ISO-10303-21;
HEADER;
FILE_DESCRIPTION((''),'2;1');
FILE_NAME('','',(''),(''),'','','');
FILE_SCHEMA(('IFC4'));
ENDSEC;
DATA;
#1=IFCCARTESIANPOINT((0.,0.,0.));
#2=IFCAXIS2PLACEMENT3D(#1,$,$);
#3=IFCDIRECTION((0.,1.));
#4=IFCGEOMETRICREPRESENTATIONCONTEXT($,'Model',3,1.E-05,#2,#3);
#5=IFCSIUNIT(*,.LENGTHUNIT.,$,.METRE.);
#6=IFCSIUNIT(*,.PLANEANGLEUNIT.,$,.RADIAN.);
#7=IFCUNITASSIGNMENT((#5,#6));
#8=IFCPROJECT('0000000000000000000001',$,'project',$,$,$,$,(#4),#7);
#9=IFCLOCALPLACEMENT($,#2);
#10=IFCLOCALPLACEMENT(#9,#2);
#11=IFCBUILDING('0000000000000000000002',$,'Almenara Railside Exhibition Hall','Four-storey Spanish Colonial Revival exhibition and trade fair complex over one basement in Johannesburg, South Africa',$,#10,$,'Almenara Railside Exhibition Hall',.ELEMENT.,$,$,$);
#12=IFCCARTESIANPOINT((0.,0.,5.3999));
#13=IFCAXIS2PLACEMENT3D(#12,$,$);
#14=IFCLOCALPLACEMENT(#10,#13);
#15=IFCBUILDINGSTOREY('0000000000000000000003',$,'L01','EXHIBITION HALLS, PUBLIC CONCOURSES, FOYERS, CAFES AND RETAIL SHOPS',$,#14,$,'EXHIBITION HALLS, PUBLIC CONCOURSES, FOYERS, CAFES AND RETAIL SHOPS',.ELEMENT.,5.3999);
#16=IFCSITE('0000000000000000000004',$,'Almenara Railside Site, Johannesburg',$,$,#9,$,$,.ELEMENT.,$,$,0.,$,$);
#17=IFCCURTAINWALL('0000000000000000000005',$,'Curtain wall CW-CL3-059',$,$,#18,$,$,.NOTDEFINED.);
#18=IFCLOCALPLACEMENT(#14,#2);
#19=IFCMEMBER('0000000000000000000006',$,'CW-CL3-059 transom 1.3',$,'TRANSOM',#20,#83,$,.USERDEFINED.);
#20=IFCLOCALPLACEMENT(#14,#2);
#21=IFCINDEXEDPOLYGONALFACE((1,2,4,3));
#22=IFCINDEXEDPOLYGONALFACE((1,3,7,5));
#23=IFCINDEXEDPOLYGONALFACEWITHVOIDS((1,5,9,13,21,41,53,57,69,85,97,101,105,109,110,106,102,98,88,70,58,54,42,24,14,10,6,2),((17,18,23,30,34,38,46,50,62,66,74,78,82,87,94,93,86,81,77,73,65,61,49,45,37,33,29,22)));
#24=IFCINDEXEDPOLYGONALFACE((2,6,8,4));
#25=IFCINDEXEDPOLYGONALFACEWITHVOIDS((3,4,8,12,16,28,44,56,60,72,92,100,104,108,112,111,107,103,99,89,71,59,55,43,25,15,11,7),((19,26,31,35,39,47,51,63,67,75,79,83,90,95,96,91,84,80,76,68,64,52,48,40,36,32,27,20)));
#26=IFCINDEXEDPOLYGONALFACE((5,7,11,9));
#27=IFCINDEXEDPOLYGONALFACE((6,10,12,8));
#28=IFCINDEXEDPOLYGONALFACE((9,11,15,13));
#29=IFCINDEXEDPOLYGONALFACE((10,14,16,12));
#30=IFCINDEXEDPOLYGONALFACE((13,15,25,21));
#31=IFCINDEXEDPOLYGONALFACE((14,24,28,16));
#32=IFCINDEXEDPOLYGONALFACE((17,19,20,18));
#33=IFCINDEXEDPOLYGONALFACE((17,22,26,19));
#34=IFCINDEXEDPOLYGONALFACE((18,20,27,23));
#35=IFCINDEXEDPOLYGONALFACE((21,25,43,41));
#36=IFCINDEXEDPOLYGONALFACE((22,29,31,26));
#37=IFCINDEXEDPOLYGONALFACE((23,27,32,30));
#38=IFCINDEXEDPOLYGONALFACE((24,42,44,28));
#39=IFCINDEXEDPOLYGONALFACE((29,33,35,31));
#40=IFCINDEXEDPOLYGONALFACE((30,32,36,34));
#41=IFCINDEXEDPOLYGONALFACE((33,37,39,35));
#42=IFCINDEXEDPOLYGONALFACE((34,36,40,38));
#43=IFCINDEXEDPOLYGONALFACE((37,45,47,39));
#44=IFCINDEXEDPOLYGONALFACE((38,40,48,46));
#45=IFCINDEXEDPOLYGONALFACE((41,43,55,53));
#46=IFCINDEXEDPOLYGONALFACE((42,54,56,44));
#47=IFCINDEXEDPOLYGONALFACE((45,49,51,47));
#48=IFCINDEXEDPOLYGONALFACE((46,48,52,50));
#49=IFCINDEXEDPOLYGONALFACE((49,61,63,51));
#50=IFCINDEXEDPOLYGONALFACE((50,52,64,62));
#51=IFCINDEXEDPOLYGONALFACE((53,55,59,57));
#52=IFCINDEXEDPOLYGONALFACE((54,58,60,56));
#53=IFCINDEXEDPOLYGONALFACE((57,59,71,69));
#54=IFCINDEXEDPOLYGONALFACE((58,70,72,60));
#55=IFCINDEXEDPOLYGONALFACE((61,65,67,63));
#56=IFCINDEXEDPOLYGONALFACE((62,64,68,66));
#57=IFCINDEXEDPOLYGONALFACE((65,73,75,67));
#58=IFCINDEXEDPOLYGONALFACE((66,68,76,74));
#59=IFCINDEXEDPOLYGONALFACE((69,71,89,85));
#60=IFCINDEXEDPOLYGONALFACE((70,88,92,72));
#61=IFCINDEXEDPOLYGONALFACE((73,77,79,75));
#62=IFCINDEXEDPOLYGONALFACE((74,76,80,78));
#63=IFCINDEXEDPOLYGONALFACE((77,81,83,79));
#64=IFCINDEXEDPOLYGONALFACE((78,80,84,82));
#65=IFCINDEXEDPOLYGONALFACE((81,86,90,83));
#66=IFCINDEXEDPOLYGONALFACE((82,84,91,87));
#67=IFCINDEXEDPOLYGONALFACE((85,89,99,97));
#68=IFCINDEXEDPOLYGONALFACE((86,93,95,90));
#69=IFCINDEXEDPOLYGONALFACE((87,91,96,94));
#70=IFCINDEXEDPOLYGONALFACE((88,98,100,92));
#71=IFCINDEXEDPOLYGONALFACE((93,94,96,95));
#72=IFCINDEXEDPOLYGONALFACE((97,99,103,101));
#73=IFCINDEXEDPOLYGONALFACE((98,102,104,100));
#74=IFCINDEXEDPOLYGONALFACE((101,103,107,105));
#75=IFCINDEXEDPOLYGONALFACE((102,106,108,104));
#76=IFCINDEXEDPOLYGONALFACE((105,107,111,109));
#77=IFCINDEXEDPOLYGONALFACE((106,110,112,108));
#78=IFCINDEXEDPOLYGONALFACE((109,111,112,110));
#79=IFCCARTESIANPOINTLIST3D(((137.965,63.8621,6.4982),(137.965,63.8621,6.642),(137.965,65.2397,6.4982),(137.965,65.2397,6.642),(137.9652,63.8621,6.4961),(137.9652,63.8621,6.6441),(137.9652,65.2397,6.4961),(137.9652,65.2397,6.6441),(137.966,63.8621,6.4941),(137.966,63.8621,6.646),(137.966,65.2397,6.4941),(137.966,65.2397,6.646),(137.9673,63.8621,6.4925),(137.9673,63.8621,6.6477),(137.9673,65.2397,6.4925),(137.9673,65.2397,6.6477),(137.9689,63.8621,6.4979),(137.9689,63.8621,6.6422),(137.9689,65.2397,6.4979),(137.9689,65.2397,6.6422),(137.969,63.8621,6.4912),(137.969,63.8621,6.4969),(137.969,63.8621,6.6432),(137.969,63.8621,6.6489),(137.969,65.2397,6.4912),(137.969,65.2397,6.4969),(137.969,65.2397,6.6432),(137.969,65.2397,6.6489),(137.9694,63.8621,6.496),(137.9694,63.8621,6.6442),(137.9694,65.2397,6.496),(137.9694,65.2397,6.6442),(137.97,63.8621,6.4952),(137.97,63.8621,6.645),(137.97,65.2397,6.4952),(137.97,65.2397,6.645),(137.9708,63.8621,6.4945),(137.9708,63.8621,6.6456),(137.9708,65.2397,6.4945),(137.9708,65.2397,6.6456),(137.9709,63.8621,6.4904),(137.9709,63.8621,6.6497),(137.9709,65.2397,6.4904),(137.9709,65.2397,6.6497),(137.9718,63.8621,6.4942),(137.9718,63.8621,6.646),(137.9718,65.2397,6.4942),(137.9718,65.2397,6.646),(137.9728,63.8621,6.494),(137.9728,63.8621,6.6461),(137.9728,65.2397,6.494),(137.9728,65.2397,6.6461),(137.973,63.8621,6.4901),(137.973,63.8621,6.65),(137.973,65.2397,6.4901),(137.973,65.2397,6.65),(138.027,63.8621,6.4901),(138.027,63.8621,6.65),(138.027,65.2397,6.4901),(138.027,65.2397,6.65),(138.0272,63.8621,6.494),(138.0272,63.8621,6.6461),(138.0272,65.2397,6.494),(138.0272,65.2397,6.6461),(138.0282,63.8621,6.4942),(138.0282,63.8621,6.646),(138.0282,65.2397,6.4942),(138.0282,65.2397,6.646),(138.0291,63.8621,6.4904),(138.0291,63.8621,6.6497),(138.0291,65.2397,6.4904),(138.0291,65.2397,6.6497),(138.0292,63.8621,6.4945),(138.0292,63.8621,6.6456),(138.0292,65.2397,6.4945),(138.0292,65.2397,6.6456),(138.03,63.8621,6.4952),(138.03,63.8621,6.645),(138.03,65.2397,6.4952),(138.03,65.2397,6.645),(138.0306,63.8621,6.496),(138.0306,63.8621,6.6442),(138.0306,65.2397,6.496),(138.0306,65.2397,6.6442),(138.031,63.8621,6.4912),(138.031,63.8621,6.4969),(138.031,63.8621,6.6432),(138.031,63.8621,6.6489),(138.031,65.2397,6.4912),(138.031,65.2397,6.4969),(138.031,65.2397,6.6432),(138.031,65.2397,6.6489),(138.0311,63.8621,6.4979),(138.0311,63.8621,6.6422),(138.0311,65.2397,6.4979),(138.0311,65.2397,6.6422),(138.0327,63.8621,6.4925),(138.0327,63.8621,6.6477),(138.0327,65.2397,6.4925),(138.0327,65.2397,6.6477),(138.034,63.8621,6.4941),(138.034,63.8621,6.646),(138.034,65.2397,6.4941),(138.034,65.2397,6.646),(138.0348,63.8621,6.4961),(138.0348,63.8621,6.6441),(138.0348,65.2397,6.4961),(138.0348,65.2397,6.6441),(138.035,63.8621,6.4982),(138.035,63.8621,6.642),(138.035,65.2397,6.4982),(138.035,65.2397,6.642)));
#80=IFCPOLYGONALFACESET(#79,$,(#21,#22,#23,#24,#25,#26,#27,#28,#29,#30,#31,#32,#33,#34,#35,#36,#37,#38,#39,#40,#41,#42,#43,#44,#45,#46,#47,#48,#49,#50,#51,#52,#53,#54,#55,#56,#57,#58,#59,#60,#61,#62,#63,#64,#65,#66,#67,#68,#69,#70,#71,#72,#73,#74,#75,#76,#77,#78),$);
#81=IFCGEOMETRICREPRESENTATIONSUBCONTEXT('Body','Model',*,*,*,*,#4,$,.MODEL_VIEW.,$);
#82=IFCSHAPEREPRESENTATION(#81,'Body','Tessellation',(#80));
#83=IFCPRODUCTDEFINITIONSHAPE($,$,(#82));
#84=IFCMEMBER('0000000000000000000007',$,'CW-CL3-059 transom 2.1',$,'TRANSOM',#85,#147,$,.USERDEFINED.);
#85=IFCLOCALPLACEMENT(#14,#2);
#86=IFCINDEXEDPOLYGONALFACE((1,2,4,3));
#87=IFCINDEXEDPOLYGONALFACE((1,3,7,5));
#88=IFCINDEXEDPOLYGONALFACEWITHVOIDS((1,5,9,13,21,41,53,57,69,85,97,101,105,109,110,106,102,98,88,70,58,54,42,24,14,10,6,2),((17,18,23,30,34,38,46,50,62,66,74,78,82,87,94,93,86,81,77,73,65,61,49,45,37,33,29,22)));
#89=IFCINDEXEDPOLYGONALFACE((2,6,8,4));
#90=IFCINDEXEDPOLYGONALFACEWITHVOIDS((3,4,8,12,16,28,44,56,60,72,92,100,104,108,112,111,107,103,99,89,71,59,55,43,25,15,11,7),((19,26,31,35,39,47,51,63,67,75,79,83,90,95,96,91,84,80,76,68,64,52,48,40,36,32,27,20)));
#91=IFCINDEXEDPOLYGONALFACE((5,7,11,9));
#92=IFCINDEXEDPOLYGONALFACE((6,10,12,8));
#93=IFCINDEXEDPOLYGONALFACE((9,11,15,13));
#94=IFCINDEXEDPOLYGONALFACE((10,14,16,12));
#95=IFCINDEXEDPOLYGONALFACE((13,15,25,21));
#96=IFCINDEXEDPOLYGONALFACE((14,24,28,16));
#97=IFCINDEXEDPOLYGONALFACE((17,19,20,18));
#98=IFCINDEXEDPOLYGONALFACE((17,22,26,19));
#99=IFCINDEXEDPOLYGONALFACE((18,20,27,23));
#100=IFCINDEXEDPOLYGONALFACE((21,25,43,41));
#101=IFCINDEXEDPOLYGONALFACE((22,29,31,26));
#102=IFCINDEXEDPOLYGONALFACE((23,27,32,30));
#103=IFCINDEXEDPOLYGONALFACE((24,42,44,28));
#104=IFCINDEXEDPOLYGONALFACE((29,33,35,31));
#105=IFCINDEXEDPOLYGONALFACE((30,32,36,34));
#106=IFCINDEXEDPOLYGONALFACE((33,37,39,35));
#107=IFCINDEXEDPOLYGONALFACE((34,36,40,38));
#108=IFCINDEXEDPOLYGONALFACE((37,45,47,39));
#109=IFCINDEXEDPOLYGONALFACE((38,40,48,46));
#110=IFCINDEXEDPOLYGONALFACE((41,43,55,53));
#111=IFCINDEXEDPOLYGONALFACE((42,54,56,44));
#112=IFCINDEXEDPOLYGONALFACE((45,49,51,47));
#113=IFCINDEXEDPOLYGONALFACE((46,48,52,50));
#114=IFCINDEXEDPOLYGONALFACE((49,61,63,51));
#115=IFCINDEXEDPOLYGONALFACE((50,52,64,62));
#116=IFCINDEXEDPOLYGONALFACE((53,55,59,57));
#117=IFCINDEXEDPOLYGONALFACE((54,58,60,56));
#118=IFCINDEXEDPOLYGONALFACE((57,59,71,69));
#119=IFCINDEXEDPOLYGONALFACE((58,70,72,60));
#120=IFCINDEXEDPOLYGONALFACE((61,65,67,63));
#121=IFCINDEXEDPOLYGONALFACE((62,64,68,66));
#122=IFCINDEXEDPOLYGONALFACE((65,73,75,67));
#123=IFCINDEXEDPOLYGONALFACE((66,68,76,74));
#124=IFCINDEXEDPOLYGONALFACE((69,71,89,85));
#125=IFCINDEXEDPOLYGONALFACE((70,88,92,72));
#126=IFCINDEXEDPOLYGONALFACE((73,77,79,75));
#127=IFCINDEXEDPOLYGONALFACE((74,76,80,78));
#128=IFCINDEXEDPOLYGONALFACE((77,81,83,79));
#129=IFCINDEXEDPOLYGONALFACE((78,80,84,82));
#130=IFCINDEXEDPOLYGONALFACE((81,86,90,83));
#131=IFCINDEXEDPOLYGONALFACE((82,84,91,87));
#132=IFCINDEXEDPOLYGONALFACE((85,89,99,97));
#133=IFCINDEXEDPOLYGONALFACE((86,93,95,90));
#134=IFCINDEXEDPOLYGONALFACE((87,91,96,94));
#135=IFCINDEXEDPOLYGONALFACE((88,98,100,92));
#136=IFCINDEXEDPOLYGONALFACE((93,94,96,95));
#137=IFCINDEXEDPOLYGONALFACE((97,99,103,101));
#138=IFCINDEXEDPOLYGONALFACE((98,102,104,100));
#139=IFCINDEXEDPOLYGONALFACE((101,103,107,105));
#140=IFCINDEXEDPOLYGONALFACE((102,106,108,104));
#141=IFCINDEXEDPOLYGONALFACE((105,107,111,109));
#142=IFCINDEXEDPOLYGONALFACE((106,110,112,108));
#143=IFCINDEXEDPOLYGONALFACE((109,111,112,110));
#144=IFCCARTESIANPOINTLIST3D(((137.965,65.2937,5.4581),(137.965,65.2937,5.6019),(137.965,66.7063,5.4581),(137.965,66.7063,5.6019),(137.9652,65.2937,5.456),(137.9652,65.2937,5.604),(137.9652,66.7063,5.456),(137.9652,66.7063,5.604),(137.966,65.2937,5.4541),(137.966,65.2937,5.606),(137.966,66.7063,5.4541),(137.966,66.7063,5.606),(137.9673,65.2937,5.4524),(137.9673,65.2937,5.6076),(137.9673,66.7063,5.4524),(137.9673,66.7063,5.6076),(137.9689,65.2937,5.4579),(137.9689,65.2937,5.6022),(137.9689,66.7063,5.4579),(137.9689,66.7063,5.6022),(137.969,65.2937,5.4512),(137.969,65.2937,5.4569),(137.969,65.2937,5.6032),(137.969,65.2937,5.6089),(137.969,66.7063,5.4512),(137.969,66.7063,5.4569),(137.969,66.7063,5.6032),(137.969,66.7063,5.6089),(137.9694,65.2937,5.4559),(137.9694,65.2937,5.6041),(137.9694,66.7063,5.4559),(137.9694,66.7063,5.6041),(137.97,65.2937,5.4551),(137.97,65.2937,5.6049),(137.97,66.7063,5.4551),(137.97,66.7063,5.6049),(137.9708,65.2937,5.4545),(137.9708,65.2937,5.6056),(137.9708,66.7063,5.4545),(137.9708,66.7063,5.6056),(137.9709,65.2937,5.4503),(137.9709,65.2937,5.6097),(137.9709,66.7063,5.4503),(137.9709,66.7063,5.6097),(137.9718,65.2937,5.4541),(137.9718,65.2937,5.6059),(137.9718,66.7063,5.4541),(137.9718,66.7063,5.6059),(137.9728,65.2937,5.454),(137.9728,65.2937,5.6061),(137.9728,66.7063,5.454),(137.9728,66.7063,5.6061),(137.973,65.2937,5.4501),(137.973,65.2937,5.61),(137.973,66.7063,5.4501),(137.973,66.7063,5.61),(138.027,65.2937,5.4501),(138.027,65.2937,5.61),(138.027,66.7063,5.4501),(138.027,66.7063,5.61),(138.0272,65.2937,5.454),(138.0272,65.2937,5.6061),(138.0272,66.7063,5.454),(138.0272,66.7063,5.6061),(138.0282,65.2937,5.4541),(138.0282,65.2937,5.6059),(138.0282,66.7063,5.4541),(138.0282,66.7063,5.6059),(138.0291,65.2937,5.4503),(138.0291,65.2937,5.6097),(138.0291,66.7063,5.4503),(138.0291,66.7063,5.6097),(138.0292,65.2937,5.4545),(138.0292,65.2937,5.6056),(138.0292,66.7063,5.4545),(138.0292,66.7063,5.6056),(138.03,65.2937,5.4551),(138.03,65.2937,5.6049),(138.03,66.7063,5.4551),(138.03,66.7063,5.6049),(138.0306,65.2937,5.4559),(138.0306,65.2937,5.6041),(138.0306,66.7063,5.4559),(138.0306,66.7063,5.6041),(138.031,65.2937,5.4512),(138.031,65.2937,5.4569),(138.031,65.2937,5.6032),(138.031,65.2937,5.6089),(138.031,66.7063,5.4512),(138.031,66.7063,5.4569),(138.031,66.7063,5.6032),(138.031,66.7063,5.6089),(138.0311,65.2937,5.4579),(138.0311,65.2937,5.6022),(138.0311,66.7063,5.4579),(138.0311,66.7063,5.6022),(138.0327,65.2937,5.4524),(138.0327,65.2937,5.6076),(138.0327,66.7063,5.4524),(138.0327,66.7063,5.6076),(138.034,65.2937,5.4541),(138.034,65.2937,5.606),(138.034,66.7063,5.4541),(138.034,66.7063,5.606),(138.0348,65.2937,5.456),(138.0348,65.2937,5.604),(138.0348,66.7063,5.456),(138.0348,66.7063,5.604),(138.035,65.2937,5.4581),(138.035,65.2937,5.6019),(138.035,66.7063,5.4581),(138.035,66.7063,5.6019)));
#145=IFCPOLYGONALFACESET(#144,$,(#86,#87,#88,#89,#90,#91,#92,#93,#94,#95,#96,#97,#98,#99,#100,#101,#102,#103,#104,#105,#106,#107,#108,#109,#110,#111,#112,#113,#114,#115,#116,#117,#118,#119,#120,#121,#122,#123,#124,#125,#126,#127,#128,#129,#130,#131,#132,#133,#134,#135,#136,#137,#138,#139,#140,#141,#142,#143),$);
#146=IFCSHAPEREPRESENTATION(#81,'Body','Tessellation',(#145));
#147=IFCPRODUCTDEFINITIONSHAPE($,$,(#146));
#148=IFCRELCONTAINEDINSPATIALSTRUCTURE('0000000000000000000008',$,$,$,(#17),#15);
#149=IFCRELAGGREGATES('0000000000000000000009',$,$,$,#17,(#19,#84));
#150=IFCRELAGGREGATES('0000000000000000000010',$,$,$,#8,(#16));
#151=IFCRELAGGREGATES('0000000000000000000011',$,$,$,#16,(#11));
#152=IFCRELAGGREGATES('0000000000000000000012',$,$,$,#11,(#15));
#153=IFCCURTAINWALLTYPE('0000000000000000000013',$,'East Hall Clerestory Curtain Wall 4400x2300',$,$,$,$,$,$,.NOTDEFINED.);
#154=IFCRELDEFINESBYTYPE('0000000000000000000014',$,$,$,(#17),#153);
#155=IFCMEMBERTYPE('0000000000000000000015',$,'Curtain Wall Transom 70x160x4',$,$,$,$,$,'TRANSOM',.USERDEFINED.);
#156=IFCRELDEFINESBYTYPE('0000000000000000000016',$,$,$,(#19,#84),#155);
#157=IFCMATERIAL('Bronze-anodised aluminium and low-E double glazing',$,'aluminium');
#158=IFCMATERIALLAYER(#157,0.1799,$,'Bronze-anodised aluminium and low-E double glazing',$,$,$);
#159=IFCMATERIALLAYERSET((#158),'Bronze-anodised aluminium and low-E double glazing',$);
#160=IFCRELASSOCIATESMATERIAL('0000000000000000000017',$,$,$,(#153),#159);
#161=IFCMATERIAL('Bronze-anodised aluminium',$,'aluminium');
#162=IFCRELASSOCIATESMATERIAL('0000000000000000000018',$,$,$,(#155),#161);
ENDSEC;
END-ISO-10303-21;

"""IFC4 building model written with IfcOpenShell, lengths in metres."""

from ifc_helpers import new_model, si_unit, direction, frame, origin, origin_2d, place, context, subcontext, project, spatial, hollow_rectangle, extrude, material, layer, layer_set, material_profile, profile_set, type_object, element, aggregate, save


model = new_model("IFC4")

# Units and contexts
model_context = context("Model", 3, precision=1e-05, world=origin(), true_north=direction((0.0, 1.0)))
body_context = subcontext(model_context, "Body", "Model", "MODEL_VIEW")
ifc_project = project(units=[si_unit("LENGTHUNIT", "METRE"), si_unit("PLANEANGLEUNIT", "RADIAN")], contexts=[model_context])

# Site, building, storey
site_placement = place(None, origin())
site = spatial("IfcSite", under=ifc_project, at=site_placement, Name="Almenara Railside Site, Johannesburg", CompositionType="ELEMENT", RefElevation=0.0)
building_placement = place(site_placement, origin())
building = spatial("IfcBuilding", under=site, at=building_placement, Name="Almenara Railside Exhibition Hall", Description="Four-storey Spanish Colonial Revival exhibition and trade fair complex over one basement in Johannesburg, South Africa", LongName="Almenara Railside Exhibition Hall", CompositionType="ELEMENT")
storey_placement = place(building_placement, frame((0.0, 0.0, 5.3999)))
storey = spatial("IfcBuildingStorey", under=building, at=storey_placement, Name="L01", Description="EXHIBITION HALLS, PUBLIC CONCOURSES, FOYERS, CAFES AND RETAIL SHOPS", LongName="EXHIBITION HALLS, PUBLIC CONCOURSES, FOYERS, CAFES AND RETAIL SHOPS", CompositionType="ELEMENT", Elevation=5.3999)

# Shared definitions
ifc_material_1 = material(Name="Bronze-anodised aluminium and low-E double glazing", Category="aluminium")
ifc_layer_1 = layer(ifc_material_1, 0.1799, Name="Bronze-anodised aluminium and low-E double glazing")
ifc_layer_set_1 = layer_set([ifc_layer_1], Name="Bronze-anodised aluminium and low-E double glazing")
curtain_wall_type = type_object("IfcCurtainWallType", Name="East Hall Clerestory Curtain Wall 4400x2300", PredefinedType="NOTDEFINED", material=ifc_layer_set_1)
ifc_material_2 = material(Name="Bronze-anodised aluminium", Category="aluminium")

# Curtain wall
curtain_wall_1_placement = place(storey_placement, origin())
curtain_wall_1 = element("IfcCurtainWall", 1, at=curtain_wall_1_placement, inside=storey, type_object=curtain_wall_type, Name="Curtain wall CW-CL3-059", PredefinedType="NOTDEFINED")

# Members
ifc_material_profile_1 = material_profile(ifc_material_2, hollow_rectangle(XDim=0.0701, YDim=0.1599, WallThickness=0.0039, InnerFilletRadius=0.0039, OuterFilletRadius=0.0081, at=origin_2d()), Name="ALU-TRN 70x160x4")
ifc_profile_set_1 = profile_set([ifc_material_profile_1], Name="Bronze-anodised aluminium")
member_type_1 = type_object("IfcMemberType", Name="Curtain Wall Transom 70x160x4", ElementType="TRANSOM", PredefinedType="USERDEFINED", material=ifc_profile_set_1)
member_1_placement = place(storey_placement, frame((138.0, 63.8621, 6.5701), z_axis=(0.0, 1.0, 0.0), x_axis=(-1.0, 0.0, 0.0)))
member_1 = element("IfcMember", 2, at=member_1_placement, type_object=member_type_1, Name="CW-CL3-059 transom 1.3", ObjectType="TRANSOM", PredefinedType="USERDEFINED", context=body_context, shape_type="SweptSolid", body=[
    extrude(hollow_rectangle(XDim=0.0701, YDim=0.1599, WallThickness=0.0039, InnerFilletRadius=0.0039, OuterFilletRadius=0.0081, at=origin_2d()), origin(), (0.0, 0.0, 1.0), 1.3777),
])
member_2_placement = place(storey_placement, frame((138.0, 65.2937, 5.53), z_axis=(0.0, 1.0, 0.0), x_axis=(-1.0, 0.0, 0.0)))
member_2 = element("IfcMember", 3, at=member_2_placement, type_object=member_type_1, Name="CW-CL3-059 transom 2.1", ObjectType="TRANSOM", PredefinedType="USERDEFINED", context=body_context, shape_type="SweptSolid", body=[
    extrude(hollow_rectangle(XDim=0.0701, YDim=0.1599, WallThickness=0.0039, InnerFilletRadius=0.0039, OuterFilletRadius=0.0081, at=origin_2d()), origin(), (0.0, 0.0, 1.0), 1.4126),
])

aggregate(curtain_wall_1, [member_1, member_2])

save(model, "model.ifc")
